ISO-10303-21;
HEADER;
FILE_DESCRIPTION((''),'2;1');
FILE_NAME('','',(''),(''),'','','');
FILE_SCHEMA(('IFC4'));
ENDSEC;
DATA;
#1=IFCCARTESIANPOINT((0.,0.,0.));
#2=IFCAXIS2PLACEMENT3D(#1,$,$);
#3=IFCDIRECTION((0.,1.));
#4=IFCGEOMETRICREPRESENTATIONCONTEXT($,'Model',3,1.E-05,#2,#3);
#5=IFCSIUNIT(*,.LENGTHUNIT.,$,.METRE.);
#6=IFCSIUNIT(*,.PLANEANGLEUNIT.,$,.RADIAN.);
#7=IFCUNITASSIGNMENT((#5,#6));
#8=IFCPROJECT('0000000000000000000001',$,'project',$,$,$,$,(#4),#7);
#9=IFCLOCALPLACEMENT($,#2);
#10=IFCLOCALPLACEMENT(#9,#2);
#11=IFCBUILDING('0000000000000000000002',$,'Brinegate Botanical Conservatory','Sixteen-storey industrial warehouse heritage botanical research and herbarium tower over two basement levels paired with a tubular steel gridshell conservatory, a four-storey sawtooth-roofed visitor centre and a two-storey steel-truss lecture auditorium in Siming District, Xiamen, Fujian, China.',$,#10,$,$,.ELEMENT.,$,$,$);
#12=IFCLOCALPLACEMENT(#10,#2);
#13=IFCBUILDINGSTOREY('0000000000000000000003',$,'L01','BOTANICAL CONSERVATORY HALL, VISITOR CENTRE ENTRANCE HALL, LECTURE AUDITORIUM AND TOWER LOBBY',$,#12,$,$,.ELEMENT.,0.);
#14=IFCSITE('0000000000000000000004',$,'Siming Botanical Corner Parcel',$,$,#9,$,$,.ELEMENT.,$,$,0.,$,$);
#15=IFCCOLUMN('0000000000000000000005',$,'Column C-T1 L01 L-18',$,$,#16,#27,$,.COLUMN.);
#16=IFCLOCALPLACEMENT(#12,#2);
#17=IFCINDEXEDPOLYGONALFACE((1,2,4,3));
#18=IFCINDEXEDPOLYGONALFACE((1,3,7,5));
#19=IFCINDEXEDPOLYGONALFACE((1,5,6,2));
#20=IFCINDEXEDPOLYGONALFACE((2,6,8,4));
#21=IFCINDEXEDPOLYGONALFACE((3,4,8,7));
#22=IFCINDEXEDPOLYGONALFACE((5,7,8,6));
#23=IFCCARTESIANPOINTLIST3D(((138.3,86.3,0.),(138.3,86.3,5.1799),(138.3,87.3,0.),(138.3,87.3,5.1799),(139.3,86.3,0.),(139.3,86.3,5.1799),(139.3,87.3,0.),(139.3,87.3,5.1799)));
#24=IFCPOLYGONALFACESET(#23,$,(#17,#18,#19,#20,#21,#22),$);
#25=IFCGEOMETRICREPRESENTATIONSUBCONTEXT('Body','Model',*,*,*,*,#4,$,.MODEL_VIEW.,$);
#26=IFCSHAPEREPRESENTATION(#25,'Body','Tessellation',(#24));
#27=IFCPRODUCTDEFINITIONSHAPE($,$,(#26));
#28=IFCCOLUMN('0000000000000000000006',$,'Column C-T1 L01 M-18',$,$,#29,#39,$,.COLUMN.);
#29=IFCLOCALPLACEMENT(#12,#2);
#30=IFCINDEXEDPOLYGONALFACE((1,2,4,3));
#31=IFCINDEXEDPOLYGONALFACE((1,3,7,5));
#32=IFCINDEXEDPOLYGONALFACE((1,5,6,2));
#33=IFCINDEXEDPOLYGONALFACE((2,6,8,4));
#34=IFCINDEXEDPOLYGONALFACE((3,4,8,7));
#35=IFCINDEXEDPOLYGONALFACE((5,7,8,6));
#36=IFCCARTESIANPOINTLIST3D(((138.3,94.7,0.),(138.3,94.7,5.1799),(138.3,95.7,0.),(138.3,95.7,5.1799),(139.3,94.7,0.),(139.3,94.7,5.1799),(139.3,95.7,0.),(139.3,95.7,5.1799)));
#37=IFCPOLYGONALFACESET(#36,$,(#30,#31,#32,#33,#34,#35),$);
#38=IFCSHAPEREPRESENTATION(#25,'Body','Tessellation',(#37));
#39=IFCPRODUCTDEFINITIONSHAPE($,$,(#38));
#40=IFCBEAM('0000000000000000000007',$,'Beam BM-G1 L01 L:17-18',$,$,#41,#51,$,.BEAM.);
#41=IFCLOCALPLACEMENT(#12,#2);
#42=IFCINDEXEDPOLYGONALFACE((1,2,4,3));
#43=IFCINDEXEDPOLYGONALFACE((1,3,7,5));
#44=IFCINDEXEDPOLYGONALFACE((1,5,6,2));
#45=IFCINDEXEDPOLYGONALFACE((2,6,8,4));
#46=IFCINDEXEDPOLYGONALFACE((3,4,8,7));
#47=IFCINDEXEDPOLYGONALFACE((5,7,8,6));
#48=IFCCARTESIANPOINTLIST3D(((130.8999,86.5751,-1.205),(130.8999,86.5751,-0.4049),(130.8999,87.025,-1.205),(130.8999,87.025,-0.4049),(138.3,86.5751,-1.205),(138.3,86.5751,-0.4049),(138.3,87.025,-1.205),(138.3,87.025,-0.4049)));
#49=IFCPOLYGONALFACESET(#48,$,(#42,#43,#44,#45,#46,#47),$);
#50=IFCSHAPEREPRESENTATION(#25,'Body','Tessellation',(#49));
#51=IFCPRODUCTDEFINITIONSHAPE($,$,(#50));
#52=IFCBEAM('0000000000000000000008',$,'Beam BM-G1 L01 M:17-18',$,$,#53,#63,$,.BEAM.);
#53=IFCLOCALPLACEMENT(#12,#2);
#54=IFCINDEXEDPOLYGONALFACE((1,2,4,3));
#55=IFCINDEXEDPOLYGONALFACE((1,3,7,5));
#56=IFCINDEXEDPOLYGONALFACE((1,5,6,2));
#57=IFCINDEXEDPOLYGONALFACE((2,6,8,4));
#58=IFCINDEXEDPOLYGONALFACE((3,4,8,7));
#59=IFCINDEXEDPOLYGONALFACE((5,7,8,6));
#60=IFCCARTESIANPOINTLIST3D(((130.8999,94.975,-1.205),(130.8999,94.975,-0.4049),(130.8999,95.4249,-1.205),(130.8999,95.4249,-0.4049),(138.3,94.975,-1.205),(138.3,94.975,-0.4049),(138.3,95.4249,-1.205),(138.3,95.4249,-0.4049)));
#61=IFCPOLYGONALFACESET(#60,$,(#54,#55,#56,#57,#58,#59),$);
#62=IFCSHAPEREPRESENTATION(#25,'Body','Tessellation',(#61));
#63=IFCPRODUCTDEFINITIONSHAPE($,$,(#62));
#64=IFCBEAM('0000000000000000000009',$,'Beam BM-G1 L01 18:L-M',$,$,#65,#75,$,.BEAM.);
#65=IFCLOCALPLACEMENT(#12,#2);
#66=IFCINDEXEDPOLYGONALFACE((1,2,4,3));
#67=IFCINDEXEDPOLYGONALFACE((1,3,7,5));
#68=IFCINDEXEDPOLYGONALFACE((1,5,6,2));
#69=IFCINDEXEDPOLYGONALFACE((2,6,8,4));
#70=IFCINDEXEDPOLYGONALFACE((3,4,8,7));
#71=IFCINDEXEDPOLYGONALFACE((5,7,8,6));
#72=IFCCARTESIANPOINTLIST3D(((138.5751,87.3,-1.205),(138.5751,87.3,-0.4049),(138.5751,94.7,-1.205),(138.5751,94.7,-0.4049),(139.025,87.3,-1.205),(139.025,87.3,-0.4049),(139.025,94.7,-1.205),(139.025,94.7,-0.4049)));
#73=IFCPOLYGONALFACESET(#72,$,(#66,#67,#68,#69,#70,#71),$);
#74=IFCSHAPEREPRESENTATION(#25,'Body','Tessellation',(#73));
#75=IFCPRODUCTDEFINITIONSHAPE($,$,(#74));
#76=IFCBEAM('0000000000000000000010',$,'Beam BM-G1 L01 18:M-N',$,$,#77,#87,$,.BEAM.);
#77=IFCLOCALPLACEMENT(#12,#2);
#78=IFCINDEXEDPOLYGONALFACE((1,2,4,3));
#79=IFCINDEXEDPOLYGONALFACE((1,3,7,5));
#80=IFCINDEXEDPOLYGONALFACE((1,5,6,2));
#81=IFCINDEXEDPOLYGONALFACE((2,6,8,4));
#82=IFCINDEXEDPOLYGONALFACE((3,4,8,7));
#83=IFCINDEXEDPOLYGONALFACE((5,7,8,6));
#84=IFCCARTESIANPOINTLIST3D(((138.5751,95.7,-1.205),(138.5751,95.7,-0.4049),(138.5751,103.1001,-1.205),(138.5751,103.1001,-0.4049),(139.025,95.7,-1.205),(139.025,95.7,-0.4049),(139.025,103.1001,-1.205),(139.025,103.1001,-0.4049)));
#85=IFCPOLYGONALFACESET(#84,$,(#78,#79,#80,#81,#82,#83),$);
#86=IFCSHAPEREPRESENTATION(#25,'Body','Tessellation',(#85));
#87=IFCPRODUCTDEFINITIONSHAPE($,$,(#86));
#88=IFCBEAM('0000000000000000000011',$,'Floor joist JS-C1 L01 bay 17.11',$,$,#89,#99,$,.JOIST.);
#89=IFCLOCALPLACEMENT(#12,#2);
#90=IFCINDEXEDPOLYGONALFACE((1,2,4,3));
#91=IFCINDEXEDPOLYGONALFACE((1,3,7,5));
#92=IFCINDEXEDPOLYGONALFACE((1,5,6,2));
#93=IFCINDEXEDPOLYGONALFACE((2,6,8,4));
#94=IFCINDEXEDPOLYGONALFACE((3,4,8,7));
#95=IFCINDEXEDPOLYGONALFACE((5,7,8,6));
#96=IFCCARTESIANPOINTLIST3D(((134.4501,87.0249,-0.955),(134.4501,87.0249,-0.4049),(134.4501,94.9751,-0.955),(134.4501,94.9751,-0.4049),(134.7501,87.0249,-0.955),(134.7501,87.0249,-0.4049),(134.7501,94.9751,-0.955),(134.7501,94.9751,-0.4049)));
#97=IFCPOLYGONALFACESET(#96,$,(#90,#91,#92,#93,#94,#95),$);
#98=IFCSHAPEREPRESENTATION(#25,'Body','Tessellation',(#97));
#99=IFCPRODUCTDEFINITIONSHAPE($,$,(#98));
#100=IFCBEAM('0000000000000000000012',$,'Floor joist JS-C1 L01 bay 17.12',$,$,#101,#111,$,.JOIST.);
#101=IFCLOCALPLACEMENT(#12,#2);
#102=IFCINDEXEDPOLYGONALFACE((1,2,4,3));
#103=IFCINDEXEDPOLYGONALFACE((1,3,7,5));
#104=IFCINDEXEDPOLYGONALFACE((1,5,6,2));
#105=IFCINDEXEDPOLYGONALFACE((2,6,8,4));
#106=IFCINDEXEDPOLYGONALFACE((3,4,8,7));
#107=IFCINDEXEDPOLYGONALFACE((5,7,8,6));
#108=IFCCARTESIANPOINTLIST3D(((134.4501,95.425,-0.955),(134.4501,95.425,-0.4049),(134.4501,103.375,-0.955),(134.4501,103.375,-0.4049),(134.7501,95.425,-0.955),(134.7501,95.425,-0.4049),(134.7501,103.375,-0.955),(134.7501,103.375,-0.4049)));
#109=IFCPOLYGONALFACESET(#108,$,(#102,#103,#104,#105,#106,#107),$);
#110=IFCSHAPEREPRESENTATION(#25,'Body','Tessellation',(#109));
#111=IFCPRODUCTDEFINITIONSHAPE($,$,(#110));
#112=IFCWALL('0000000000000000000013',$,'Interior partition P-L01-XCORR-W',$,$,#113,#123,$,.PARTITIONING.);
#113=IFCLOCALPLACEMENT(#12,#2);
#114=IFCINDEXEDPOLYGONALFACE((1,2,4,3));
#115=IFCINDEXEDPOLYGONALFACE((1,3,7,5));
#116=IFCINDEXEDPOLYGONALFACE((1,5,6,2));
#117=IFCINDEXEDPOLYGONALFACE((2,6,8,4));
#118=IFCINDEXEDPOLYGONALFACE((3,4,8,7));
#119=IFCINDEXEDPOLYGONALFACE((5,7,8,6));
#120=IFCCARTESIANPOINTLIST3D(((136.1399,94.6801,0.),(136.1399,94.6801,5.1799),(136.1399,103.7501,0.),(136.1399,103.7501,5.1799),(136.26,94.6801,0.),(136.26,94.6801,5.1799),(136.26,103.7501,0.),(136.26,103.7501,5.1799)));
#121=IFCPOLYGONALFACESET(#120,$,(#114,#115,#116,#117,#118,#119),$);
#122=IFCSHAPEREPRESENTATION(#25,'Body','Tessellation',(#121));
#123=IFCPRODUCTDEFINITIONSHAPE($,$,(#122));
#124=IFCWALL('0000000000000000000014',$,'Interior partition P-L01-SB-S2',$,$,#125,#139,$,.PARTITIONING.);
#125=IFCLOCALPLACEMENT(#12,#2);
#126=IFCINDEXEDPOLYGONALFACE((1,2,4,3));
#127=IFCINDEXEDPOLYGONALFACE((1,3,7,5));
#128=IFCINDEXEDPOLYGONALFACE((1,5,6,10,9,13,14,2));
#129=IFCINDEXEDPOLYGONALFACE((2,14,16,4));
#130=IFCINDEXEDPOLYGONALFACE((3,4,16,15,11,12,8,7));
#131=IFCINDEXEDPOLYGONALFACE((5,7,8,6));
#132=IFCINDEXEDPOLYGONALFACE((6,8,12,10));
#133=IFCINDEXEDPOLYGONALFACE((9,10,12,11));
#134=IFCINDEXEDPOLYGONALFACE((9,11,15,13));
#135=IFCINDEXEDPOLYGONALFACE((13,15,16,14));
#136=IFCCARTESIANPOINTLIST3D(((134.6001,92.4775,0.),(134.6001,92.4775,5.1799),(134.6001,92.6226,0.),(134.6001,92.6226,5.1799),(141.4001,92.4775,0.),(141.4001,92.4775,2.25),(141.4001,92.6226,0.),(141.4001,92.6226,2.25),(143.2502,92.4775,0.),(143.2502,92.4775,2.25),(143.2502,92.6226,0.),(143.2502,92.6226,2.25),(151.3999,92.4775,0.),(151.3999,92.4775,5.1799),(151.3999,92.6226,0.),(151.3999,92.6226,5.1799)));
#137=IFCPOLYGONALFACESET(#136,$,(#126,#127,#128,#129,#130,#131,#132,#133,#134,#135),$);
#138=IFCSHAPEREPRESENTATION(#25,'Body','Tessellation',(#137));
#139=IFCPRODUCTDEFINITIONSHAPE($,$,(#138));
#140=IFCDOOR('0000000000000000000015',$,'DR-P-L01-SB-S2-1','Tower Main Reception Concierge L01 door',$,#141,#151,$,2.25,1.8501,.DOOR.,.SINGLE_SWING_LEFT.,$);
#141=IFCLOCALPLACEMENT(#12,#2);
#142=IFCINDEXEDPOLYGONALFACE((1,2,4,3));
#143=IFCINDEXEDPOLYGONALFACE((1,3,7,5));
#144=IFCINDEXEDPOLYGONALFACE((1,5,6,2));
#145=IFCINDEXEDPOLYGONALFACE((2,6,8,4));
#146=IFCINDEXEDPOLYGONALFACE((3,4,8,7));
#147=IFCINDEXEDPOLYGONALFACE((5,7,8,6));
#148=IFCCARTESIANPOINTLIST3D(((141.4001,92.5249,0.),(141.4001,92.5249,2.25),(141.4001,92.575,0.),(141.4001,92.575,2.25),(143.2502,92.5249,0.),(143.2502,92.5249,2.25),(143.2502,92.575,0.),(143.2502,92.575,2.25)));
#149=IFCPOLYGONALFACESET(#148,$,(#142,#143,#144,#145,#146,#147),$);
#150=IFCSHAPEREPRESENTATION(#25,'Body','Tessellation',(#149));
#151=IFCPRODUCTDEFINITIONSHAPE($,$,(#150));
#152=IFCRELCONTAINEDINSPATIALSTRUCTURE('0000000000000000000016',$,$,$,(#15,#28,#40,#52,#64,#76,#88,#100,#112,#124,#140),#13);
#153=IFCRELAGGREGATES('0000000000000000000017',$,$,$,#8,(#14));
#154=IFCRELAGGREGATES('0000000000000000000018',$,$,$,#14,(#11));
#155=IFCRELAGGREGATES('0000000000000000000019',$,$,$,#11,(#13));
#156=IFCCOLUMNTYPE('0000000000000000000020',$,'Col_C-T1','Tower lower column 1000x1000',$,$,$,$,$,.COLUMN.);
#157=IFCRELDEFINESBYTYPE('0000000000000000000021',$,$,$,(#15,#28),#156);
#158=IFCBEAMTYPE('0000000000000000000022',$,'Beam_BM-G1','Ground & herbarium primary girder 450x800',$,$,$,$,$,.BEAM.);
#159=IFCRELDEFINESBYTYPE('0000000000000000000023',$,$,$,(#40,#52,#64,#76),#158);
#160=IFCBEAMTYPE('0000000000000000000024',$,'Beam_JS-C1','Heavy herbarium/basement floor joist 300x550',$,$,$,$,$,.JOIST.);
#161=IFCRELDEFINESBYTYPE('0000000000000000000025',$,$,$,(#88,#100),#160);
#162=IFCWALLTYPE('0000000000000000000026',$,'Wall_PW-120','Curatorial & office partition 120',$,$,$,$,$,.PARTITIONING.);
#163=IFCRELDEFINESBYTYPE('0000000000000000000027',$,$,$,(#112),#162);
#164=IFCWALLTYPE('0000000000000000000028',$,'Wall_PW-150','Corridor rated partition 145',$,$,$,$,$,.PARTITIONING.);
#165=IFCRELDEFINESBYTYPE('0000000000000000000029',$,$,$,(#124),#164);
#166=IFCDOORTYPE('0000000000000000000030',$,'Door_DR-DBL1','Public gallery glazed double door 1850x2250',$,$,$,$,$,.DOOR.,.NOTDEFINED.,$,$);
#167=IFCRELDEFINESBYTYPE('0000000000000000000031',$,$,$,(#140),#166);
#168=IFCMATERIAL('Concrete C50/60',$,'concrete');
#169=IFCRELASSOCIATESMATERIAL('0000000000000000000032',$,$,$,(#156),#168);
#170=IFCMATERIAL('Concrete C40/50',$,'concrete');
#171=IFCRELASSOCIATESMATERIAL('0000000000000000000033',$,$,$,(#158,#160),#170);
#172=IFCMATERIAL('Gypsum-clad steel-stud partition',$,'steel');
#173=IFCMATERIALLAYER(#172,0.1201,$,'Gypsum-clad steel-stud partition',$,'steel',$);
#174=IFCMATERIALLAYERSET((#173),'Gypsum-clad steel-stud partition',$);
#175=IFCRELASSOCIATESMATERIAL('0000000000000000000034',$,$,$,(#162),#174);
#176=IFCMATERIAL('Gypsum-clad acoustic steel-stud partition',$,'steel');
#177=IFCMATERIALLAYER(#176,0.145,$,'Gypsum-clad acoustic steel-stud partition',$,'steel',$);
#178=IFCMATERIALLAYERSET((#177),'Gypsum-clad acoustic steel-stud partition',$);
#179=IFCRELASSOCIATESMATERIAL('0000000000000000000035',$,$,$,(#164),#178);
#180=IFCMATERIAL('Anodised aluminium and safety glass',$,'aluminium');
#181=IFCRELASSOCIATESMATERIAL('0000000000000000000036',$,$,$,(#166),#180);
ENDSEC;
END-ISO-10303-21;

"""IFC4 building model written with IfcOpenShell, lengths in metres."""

from ifc_helpers import new_model, si_unit, direction, frame, frame_2d, origin, origin_2d, place, context, subcontext, project, spatial, rectangle, extrude, material, layer, layer_set, material_profile, profile_set, type_object, element, fill, save


model = new_model("IFC4")

# Units and contexts
model_context = context("Model", 3, precision=1e-05, world=origin(), true_north=direction((0.0, 1.0)))
body_context = subcontext(model_context, "Body", "Model", "MODEL_VIEW")
ifc_project = project(units=[si_unit("LENGTHUNIT", "METRE"), si_unit("PLANEANGLEUNIT", "RADIAN")], contexts=[model_context])

# Site, building, storey
site_placement = place(None, origin())
site = spatial("IfcSite", under=ifc_project, at=site_placement, Name="Siming Botanical Corner Parcel", CompositionType="ELEMENT", RefElevation=0.0)
building_placement = place(site_placement, origin())
building = spatial("IfcBuilding", under=site, at=building_placement, Name="Brinegate Botanical Conservatory", Description="Sixteen-storey industrial warehouse heritage botanical research and herbarium tower over two basement levels paired with a tubular steel gridshell conservatory, a four-storey sawtooth-roofed visitor centre and a two-storey steel-truss lecture auditorium in Siming District, Xiamen, Fujian, China.", CompositionType="ELEMENT")
storey_placement = place(building_placement, origin())
storey = spatial("IfcBuildingStorey", under=building, at=storey_placement, Name="L01", Description="BOTANICAL CONSERVATORY HALL, VISITOR CENTRE ENTRANCE HALL, LECTURE AUDITORIUM AND TOWER LOBBY", CompositionType="ELEMENT", Elevation=0.0)

# Columns
ifc_material_1 = material(Name="Concrete C50/60", Category="concrete")
ifc_material_profile_1 = material_profile(ifc_material_1, rectangle(XDim=1.0, YDim=1.0, at=origin_2d()), Name="RC COL 1000x1000")
ifc_profile_set_1 = profile_set([ifc_material_profile_1], Name="Concrete C50/60")
column_type = type_object("IfcColumnType", Name="Col_C-T1", Description="Tower lower column 1000x1000", PredefinedType="COLUMN", material=ifc_profile_set_1)
for number, where, z_axis, x_axis, name in (
    (1, (138.8, 86.8, 0.0), (0.0, 0.0, 1.0), (1.0, 0.0, 0.0), "Column C-T1 L01 L-18"),
    (2, (138.8, 95.2, 0.0), (0.0, 0.0, 1.0), (1.0, 0.0, 0.0), "Column C-T1 L01 M-18"),
):
    element("IfcColumn", number, at=place(storey_placement, frame(where, z_axis=z_axis, x_axis=x_axis)), inside=storey, type_object=column_type, Name=name, PredefinedType="COLUMN", context=body_context, shape_type="SweptSolid", body=[
        extrude(rectangle(XDim=1.0, YDim=1.0, at=origin_2d()), origin(), (0.0, 0.0, 1.0), 5.1799),
    ])

# Beams
ifc_material_2 = material(Name="Concrete C40/50", Category="concrete")
ifc_material_profile_2 = material_profile(ifc_material_2, rectangle(XDim=0.45, YDim=0.8, at=origin_2d()), Name="RC BM 450x800")
ifc_profile_set_2 = profile_set([ifc_material_profile_2], Name="Concrete C40/50")
beam_type_1 = type_object("IfcBeamType", Name="Beam_BM-G1", Description="Ground & herbarium primary girder 450x800", PredefinedType="BEAM", material=ifc_profile_set_2)
for number, where, z_axis, x_axis, name in (
    (3, (130.8999, 86.8, -0.8049), (1.0, 0.0, 0.0), (0.0, 1.0, 0.0), "Beam BM-G1 L01 L:17-18"),
    (4, (130.8999, 95.2, -0.8049), (1.0, 0.0, 0.0), (0.0, 1.0, 0.0), "Beam BM-G1 L01 M:17-18"),
):
    element("IfcBeam", number, at=place(storey_placement, frame(where, z_axis=z_axis, x_axis=x_axis)), inside=storey, type_object=beam_type_1, Name=name, PredefinedType="BEAM", context=body_context, shape_type="SweptSolid", body=[
        extrude(rectangle(XDim=0.45, YDim=0.8, at=origin_2d()), origin(), (0.0, 0.0, 1.0), 7.4001),
    ])
beam_1_placement = place(storey_placement, frame((138.8, 87.3, -0.8049), z_axis=(0.0, 1.0, 0.0), x_axis=(-1.0, 0.0, 0.0)))
element("IfcBeam", 5, at=beam_1_placement, inside=storey, type_object=beam_type_1, Name="Beam BM-G1 L01 18:L-M", PredefinedType="BEAM", context=body_context, shape_type="SweptSolid", body=[
    extrude(rectangle(XDim=0.45, YDim=0.8, at=origin_2d()), origin(), (0.0, 0.0, 1.0), 7.3999),
])
beam_2_placement = place(storey_placement, frame((138.8, 95.7, -0.8049), z_axis=(0.0, 1.0, 0.0), x_axis=(-1.0, 0.0, 0.0)))
element("IfcBeam", 6, at=beam_2_placement, inside=storey, type_object=beam_type_1, Name="Beam BM-G1 L01 18:M-N", PredefinedType="BEAM", context=body_context, shape_type="SweptSolid", body=[
    extrude(rectangle(XDim=0.45, YDim=0.8, at=origin_2d()), origin(), (0.0, 0.0, 1.0), 7.4001),
])
ifc_material_profile_3 = material_profile(ifc_material_2, rectangle(XDim=0.3, YDim=0.55, at=origin_2d()), Name="RC JST 300x550")
ifc_profile_set_3 = profile_set([ifc_material_profile_3], Name="Concrete C40/50")
beam_type_2 = type_object("IfcBeamType", Name="Beam_JS-C1", Description="Heavy herbarium/basement floor joist 300x550", PredefinedType="JOIST", material=ifc_profile_set_3)
beam_3_placement = place(storey_placement, frame((134.6001, 87.0249, -0.6799), z_axis=(0.0, 1.0, 0.0), x_axis=(-1.0, 0.0, 0.0)))
element("IfcBeam", 7, at=beam_3_placement, inside=storey, type_object=beam_type_2, Name="Floor joist JS-C1 L01 bay 17.11", PredefinedType="JOIST", context=body_context, shape_type="SweptSolid", body=[
    extrude(rectangle(XDim=0.3, YDim=0.55, at=origin_2d()), origin(), (0.0, 0.0, 1.0), 7.9502),
])
beam_4_placement = place(storey_placement, frame((134.6001, 95.425, -0.6799), z_axis=(0.0, 1.0, 0.0), x_axis=(-1.0, 0.0, 0.0)))
element("IfcBeam", 8, at=beam_4_placement, inside=storey, type_object=beam_type_2, Name="Floor joist JS-C1 L01 bay 17.12", PredefinedType="JOIST", context=body_context, shape_type="SweptSolid", body=[
    extrude(rectangle(XDim=0.3, YDim=0.55, at=origin_2d()), origin(), (0.0, 0.0, 1.0), 7.95),
])

# Wall
ifc_material_3 = material(Name="Gypsum-clad steel-stud partition", Category="steel")
ifc_layer_1 = layer(ifc_material_3, 0.1201, Name="Gypsum-clad steel-stud partition", Category="steel")
ifc_layer_set_1 = layer_set([ifc_layer_1], Name="Gypsum-clad steel-stud partition")
wall_type_1 = type_object("IfcWallType", Name="Wall_PW-120", Description="Curatorial & office partition 120", PredefinedType="PARTITIONING", material=ifc_layer_set_1)
wall_1_placement = place(storey_placement, frame((136.2, 94.6799, 0.0), z_axis=(0.0, 0.0, 1.0), x_axis=(0.0, 1.0, 0.0)))
element("IfcWall", 9, at=wall_1_placement, inside=storey, type_object=wall_type_1, Name="Interior partition P-L01-XCORR-W", PredefinedType="PARTITIONING", context=body_context, shape_type="SweptSolid", body=[
    extrude(rectangle(XDim=9.0701, YDim=0.1201, at=frame_2d((4.5352, 0.0))), origin(), (0.0, 0.0, 1.0), 5.1799),
])

# Wall, opening, door
ifc_material_4 = material(Name="Gypsum-clad acoustic steel-stud partition", Category="steel")
ifc_layer_2 = layer(ifc_material_4, 0.145, Name="Gypsum-clad acoustic steel-stud partition", Category="steel")
ifc_layer_set_2 = layer_set([ifc_layer_2], Name="Gypsum-clad acoustic steel-stud partition")
wall_type_2 = type_object("IfcWallType", Name="Wall_PW-150", Description="Corridor rated partition 145", PredefinedType="PARTITIONING", material=ifc_layer_set_2)
wall_2_placement = place(storey_placement, frame((134.6001, 92.55, 0.0), z_axis=(0.0, 0.0, 1.0), x_axis=(1.0, 0.0, 0.0)))
wall_2 = element("IfcWall", 10, at=wall_2_placement, inside=storey, type_object=wall_type_2, Name="Interior partition P-L01-SB-S2", PredefinedType="PARTITIONING", context=body_context, shape_type="SweptSolid", body=[
    extrude(rectangle(XDim=16.7998, YDim=0.145, at=frame_2d((8.3999, 0.0))), origin(), (0.0, 0.0, 1.0), 5.1799),
])
opening_1_placement = place(wall_2_placement, frame((6.8, 0.0, 0.0)))
opening_1 = element("IfcOpeningElement", 11, at=opening_1_placement, cuts=wall_2, PredefinedType="OPENING", context=body_context, shape_type="SweptSolid", body=[
    extrude(rectangle(XDim=1.8501, YDim=2.25, at=frame_2d((0.925, 1.125))), frame((0.0, 0.0825, 0.0), z_axis=(0.0, -1.0, 0.0), x_axis=(1.0, 0.0, 0.0)), (0.0, 0.0, 1.0), 0.165),
])
ifc_material_5 = material(Name="Anodised aluminium and safety glass", Category="aluminium")
door_type_1 = type_object("IfcDoorType", Name="Door_DR-DBL1", Description="Public gallery glazed double door 1850x2250", OperationType="NOTDEFINED", PredefinedType="DOOR", material=ifc_material_5)
door_1_placement = place(opening_1_placement, origin())
door_1 = element("IfcDoor", 12, at=door_1_placement, inside=storey, type_object=door_type_1, Name="DR-P-L01-SB-S2-1", Description="Tower Main Reception Concierge L01 door", OperationType="SINGLE_SWING_LEFT", OverallHeight=2.25, OverallWidth=1.8501, PredefinedType="DOOR", context=body_context, shape_type="SweptSolid", body=[
    extrude(rectangle(XDim=1.8501, YDim=2.25, at=frame_2d((0.925, 1.125))), frame((0.0, 0.0249, 0.0), z_axis=(0.0, -1.0, 0.0), x_axis=(1.0, 0.0, 0.0)), (0.0, 0.0, 1.0), 0.05),
])
fill(opening_1, door_1)

save(model, "model.ifc")
